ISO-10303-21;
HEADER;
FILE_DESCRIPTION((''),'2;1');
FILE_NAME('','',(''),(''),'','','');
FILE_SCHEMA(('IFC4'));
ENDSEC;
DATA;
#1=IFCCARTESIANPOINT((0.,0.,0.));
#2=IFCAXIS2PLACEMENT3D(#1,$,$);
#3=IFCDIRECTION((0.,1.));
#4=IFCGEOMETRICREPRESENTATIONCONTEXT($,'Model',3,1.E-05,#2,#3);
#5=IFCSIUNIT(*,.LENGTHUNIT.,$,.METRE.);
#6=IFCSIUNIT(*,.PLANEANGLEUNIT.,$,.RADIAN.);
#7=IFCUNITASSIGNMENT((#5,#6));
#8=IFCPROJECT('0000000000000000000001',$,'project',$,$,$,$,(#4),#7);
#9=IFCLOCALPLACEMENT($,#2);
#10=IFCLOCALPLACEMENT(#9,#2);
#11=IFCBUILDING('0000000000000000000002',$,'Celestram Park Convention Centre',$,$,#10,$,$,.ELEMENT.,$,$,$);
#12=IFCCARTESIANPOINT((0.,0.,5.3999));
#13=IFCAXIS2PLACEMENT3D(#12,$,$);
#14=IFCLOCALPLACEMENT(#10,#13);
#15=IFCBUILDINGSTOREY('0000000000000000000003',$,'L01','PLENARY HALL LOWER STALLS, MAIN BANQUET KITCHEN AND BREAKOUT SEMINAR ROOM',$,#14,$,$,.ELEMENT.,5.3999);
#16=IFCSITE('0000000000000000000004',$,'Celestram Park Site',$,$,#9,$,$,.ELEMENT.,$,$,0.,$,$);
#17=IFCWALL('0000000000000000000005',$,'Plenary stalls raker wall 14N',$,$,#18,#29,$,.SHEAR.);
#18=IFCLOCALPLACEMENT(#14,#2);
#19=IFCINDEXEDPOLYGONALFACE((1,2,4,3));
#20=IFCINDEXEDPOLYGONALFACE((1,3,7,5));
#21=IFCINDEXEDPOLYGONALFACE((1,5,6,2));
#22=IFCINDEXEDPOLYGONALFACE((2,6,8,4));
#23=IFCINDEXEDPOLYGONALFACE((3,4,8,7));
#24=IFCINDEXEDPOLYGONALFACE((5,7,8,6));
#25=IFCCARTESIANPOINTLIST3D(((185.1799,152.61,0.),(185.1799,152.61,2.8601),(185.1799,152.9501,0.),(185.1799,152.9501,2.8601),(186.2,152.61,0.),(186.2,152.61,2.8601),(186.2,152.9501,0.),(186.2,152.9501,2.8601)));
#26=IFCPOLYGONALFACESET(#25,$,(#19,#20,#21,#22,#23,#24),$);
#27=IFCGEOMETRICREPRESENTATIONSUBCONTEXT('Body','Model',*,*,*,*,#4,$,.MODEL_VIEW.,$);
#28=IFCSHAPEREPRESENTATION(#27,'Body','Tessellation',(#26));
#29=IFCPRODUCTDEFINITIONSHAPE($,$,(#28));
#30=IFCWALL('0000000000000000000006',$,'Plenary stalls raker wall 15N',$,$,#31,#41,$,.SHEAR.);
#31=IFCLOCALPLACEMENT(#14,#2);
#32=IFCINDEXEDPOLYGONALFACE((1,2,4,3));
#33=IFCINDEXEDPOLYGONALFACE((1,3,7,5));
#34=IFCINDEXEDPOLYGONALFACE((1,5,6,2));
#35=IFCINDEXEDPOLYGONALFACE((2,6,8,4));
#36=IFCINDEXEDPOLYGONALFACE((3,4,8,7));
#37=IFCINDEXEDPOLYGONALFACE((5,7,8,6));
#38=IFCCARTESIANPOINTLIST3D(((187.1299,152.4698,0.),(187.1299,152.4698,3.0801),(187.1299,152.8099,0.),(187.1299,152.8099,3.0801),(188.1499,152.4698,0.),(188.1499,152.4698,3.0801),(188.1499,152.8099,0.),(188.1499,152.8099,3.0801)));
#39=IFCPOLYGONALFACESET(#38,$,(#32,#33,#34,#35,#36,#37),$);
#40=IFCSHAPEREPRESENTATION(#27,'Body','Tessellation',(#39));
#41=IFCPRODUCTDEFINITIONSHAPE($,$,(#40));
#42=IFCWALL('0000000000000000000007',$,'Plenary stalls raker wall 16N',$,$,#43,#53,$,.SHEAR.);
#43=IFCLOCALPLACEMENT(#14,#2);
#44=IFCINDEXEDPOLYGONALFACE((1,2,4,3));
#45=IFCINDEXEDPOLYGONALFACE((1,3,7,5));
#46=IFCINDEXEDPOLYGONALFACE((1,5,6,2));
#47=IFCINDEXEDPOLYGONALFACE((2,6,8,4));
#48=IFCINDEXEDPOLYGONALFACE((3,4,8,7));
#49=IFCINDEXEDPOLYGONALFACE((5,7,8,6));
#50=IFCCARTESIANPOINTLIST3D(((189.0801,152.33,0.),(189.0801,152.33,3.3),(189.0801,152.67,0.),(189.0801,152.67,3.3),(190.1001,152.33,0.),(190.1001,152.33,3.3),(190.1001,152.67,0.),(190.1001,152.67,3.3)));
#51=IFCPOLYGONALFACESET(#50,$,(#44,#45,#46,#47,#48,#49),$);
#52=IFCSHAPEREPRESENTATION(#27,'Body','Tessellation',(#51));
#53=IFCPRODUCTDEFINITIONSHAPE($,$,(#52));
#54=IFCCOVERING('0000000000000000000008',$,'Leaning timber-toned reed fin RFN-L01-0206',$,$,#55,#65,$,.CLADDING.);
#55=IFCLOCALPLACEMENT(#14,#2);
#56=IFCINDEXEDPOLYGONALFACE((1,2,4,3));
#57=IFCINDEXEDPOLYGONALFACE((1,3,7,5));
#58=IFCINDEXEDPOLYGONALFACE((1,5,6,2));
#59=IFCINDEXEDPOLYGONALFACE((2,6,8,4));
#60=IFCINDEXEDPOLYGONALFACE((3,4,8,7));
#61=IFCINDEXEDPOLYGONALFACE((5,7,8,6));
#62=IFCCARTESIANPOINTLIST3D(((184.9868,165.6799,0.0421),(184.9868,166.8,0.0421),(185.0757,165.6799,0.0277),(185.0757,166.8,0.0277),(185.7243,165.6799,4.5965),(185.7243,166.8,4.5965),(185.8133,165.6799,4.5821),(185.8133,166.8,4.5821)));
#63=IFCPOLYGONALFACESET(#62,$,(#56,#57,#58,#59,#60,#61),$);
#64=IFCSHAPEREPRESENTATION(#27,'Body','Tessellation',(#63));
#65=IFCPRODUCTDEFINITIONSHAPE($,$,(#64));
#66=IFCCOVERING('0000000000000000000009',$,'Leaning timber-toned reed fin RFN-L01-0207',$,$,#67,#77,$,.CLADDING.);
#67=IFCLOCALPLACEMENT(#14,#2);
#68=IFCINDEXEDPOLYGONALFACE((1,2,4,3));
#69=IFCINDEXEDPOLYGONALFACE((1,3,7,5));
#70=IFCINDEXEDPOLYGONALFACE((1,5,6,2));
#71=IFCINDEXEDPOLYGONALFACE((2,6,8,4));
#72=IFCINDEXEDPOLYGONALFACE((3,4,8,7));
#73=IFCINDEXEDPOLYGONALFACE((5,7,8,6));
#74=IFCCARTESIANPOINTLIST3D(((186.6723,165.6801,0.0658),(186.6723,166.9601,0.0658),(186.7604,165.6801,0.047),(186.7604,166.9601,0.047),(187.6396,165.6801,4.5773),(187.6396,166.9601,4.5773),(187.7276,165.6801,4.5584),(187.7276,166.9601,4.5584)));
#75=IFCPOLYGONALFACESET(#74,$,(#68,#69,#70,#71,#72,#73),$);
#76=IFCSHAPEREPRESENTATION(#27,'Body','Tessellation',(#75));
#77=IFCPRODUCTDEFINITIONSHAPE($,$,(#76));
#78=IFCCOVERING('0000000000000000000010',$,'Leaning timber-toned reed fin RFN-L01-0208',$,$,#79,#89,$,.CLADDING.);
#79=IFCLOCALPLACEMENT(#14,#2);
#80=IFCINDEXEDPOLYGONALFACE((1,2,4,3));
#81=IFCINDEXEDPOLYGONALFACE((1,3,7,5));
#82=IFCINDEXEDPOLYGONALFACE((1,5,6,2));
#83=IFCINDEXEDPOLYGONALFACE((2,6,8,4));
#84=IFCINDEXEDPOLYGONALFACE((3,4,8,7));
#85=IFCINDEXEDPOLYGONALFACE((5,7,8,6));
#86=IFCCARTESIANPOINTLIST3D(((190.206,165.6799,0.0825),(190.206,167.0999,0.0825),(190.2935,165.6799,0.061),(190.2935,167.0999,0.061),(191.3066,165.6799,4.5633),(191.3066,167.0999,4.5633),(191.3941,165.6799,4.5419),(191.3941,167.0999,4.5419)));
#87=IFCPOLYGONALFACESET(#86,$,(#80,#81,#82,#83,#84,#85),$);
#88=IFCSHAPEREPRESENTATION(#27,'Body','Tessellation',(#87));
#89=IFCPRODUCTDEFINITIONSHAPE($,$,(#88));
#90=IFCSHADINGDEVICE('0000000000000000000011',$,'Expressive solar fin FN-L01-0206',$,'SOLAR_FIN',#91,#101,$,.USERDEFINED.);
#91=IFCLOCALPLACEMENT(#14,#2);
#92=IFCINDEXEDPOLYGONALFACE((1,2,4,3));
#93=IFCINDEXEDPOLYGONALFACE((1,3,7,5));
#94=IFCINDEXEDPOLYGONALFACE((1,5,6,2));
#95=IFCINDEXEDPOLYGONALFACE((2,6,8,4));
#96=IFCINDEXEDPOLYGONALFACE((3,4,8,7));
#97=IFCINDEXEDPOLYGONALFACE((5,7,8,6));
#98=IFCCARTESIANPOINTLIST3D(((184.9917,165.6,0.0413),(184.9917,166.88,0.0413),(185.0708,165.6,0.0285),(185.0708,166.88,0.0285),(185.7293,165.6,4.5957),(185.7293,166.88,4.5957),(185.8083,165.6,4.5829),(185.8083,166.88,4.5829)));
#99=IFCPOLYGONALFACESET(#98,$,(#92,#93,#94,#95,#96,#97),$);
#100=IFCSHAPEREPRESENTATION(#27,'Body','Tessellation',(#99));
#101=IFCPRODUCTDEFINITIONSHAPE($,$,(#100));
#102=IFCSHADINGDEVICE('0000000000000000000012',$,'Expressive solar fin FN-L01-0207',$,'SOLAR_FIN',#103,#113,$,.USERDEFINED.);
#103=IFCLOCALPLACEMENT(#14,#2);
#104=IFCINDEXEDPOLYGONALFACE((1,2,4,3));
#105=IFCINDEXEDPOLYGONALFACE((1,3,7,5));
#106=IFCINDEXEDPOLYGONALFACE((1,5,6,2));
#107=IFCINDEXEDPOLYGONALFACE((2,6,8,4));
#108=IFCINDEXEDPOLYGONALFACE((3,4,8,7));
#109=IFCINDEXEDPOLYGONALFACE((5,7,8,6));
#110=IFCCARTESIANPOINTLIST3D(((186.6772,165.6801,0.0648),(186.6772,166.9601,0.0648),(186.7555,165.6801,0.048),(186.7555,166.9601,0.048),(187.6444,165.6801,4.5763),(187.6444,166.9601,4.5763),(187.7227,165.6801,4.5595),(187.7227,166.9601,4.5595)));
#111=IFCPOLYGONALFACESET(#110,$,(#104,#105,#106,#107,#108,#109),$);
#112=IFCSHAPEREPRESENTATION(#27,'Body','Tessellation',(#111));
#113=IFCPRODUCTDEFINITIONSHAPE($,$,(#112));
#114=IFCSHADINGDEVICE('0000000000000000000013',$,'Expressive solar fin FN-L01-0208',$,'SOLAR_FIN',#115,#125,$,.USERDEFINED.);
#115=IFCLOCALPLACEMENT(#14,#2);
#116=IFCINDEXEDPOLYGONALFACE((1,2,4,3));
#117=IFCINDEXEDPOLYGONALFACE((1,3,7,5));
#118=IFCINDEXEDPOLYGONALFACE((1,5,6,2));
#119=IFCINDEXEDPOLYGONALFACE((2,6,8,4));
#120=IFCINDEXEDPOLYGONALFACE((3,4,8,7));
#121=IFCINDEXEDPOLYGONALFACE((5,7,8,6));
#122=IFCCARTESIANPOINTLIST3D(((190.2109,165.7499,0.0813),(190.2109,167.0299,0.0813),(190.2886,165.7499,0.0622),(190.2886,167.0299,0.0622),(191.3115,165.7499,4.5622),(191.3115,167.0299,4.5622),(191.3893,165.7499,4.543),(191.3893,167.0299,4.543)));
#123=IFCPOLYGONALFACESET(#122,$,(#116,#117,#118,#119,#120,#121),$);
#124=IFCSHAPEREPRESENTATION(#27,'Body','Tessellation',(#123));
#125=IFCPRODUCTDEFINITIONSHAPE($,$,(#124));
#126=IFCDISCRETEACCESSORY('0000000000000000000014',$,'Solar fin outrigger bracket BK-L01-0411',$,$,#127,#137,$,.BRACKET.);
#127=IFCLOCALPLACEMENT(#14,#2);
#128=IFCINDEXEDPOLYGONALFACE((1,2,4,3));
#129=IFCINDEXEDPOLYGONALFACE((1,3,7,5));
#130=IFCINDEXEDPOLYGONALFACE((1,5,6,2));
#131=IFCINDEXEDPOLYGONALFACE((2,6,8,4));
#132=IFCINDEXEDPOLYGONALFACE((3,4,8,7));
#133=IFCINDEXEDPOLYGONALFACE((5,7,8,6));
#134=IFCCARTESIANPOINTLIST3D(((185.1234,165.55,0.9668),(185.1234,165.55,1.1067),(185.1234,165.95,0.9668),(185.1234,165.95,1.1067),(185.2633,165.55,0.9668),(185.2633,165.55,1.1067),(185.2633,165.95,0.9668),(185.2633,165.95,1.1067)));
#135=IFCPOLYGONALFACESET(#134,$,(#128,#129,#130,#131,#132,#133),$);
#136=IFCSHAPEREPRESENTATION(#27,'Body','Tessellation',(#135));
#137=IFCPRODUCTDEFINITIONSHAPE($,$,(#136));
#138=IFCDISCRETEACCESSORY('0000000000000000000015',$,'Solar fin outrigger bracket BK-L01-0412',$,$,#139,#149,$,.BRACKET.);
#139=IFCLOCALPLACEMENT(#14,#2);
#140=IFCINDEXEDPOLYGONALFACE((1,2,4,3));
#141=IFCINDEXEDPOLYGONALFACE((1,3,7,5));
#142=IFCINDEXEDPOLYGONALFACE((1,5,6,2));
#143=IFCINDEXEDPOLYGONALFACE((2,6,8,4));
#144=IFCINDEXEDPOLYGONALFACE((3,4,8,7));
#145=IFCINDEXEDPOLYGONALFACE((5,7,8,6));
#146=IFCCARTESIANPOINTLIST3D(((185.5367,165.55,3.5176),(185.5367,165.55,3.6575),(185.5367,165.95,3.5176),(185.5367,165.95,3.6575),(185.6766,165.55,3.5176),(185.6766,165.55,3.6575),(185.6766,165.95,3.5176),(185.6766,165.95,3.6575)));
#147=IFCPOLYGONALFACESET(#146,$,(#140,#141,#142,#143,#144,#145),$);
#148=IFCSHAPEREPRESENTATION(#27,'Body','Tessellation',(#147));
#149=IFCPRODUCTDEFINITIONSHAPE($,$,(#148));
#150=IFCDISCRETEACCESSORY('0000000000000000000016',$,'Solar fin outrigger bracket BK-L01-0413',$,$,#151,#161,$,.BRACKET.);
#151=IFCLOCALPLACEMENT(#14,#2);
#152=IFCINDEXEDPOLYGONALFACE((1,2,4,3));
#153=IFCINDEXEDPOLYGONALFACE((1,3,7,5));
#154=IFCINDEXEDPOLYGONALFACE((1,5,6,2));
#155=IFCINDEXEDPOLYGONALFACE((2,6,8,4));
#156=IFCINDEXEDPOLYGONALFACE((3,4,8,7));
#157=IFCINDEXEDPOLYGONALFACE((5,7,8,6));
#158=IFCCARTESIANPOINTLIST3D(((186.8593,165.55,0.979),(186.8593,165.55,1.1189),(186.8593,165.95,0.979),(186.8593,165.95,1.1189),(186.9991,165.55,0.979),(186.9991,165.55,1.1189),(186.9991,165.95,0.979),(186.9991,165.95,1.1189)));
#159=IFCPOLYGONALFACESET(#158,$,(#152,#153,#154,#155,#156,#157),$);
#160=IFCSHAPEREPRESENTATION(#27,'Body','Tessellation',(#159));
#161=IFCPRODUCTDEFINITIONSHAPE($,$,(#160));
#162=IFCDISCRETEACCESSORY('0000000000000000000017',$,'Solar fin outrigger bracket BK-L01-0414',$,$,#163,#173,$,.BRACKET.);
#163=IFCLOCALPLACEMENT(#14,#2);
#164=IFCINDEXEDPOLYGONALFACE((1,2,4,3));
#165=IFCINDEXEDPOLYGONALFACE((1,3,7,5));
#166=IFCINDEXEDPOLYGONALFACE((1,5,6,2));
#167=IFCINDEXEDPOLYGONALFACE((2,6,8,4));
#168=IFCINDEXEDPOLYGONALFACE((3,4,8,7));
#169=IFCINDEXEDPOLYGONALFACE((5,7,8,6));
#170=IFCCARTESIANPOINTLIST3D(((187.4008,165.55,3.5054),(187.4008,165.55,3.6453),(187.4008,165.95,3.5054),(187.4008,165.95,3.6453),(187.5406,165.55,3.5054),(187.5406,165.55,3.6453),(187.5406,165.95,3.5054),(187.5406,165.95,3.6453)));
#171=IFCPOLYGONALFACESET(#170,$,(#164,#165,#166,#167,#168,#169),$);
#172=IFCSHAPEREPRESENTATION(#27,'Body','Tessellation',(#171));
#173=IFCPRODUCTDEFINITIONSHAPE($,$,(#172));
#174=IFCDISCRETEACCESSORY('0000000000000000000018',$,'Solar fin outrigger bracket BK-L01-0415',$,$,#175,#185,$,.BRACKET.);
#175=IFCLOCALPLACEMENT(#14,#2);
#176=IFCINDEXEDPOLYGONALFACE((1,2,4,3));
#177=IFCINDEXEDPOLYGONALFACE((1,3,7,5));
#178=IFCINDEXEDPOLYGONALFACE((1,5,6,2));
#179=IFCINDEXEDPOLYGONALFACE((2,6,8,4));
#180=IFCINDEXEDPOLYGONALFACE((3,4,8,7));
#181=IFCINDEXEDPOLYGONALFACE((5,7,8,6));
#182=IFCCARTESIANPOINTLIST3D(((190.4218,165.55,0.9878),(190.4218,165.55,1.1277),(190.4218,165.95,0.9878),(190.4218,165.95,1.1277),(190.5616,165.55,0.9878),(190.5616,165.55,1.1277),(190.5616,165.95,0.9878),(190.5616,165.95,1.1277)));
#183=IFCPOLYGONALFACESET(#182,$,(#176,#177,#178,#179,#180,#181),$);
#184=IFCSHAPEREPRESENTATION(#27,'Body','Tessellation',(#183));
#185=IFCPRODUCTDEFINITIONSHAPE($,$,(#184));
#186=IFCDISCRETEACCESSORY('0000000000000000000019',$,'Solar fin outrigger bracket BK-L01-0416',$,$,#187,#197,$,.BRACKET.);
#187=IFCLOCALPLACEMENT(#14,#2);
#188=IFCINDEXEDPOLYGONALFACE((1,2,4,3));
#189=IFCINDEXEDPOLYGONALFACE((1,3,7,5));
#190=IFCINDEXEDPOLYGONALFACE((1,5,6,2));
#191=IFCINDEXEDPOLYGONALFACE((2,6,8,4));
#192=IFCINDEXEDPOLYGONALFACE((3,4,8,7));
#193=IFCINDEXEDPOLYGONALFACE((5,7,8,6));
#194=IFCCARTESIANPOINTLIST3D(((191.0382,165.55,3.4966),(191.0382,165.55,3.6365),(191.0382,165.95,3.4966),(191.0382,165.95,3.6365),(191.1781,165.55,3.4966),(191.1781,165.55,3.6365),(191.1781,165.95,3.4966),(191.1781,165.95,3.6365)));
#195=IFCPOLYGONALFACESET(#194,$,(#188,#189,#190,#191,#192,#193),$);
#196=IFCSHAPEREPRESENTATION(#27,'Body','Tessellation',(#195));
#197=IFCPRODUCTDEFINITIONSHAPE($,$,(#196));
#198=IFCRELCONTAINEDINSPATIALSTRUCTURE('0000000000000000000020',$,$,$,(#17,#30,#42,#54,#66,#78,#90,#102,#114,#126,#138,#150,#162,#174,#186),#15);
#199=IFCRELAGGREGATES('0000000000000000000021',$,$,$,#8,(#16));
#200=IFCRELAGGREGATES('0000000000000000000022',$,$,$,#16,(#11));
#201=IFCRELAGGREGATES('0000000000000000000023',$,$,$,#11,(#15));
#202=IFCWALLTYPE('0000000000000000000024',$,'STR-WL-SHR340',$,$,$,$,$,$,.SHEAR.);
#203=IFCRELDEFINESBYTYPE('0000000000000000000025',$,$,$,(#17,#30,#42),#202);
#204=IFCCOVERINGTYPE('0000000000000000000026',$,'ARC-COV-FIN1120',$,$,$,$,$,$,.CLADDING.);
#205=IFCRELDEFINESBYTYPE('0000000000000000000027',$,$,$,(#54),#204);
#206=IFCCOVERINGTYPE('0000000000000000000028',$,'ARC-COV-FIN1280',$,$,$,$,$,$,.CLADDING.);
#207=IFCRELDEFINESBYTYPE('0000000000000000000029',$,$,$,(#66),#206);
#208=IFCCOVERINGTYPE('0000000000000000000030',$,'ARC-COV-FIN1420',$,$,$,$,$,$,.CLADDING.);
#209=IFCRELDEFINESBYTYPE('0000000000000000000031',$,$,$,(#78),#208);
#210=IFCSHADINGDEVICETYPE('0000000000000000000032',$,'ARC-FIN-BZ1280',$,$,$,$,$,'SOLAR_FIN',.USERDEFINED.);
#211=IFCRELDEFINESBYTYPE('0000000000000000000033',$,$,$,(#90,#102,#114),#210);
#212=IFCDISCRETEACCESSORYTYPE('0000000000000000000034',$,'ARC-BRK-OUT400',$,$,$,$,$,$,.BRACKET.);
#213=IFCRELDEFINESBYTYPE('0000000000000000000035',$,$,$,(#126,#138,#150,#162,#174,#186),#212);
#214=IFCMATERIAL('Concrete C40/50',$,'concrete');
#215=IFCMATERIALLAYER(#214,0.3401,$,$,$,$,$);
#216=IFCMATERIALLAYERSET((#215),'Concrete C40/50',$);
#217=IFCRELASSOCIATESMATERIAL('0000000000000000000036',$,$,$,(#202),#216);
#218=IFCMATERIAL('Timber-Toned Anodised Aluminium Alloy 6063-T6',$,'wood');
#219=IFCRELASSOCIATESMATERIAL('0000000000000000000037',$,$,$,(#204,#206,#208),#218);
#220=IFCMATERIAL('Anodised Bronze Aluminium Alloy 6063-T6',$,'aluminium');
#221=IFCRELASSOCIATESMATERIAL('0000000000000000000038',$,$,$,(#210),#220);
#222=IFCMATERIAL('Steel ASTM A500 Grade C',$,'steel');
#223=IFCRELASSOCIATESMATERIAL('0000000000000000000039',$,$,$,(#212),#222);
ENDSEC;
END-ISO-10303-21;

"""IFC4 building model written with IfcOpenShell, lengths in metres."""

from ifc_helpers import new_model, si_unit, direction, frame, frame_2d, origin, origin_2d, place, context, subcontext, project, spatial, rectangle, extrude, material, layer, layer_set, material_profile, profile_set, type_object, element, save


model = new_model("IFC4")

# Units and contexts
model_context = context("Model", 3, precision=1e-05, world=origin(), true_north=direction((0.0, 1.0)))
body_context = subcontext(model_context, "Body", "Model", "MODEL_VIEW")
ifc_project = project(units=[si_unit("LENGTHUNIT", "METRE"), si_unit("PLANEANGLEUNIT", "RADIAN")], contexts=[model_context])

# Site, building, storey
site_placement = place(None, origin())
site = spatial("IfcSite", under=ifc_project, at=site_placement, Name="Celestram Park Site", CompositionType="ELEMENT", RefElevation=0.0)
building_placement = place(site_placement, origin())
building = spatial("IfcBuilding", under=site, at=building_placement, Name="Celestram Park Convention Centre", CompositionType="ELEMENT")
storey_placement = place(building_placement, frame((0.0, 0.0, 5.3999)))
storey = spatial("IfcBuildingStorey", under=building, at=storey_placement, Name="L01", Description="PLENARY HALL LOWER STALLS, MAIN BANQUET KITCHEN AND BREAKOUT SEMINAR ROOM", CompositionType="ELEMENT", Elevation=5.3999)

# Shared definitions
ifc_material_1 = material(Name="Steel ASTM A500 Grade C", Category="steel")

# Walls
ifc_material_2 = material(Name="Concrete C40/50", Category="concrete")
ifc_layer_1 = layer(ifc_material_2, 0.3401)
ifc_layer_set_1 = layer_set([ifc_layer_1], Name="Concrete C40/50")
wall_type_1 = type_object("IfcWallType", Name="STR-WL-SHR340", PredefinedType="SHEAR", material=ifc_layer_set_1)
wall_1_placement = place(storey_placement, frame((185.1799, 152.78, 0.0), z_axis=(0.0, 0.0, 1.0), x_axis=(1.0, 0.0, 0.0)))
element("IfcWall", 1, at=wall_1_placement, inside=storey, type_object=wall_type_1, Name="Plenary stalls raker wall 14N", PredefinedType="SHEAR", context=body_context, shape_type="SweptSolid", body=[
    extrude(rectangle(XDim=1.02, YDim=0.3401, at=frame_2d((0.51, 0.0))), origin(), (0.0, 0.0, 1.0), 2.8601),
])
wall_2_placement = place(storey_placement, frame((187.1299, 152.6399, 0.0), z_axis=(0.0, 0.0, 1.0), x_axis=(1.0, 0.0, 0.0)))
element("IfcWall", 2, at=wall_2_placement, inside=storey, type_object=wall_type_1, Name="Plenary stalls raker wall 15N", PredefinedType="SHEAR", context=body_context, shape_type="SweptSolid", body=[
    extrude(rectangle(XDim=1.02, YDim=0.3401, at=frame_2d((0.51, 0.0))), origin(), (0.0, 0.0, 1.0), 3.0801),
])
wall_3_placement = place(storey_placement, frame((189.0801, 152.5, 0.0), z_axis=(0.0, 0.0, 1.0), x_axis=(1.0, 0.0, 0.0)))
element("IfcWall", 3, at=wall_3_placement, inside=storey, type_object=wall_type_1, Name="Plenary stalls raker wall 16N", PredefinedType="SHEAR", context=body_context, shape_type="SweptSolid", body=[
    extrude(rectangle(XDim=1.02, YDim=0.3401, at=frame_2d((0.51, 0.0))), origin(), (0.0, 0.0, 1.0), 3.3),
])

# Coverings
ifc_material_3 = material(Name="Timber-Toned Anodised Aluminium Alloy 6063-T6", Category="wood")
ifc_material_profile_1 = material_profile(ifc_material_3, rectangle(XDim=1.1201, YDim=0.0901, at=origin_2d()), Name="REED1120X90")
ifc_profile_set_1 = profile_set([ifc_material_profile_1], Name="Timber-Toned Anodised Aluminium Alloy 6063-T6")
covering_type_1 = type_object("IfcCoveringType", Name="ARC-COV-FIN1120", PredefinedType="CLADDING", material=ifc_profile_set_1)
covering_1_placement = place(storey_placement, frame((185.0312, 166.24, 0.0349), z_axis=(0.159858, 0.0, 0.98714), x_axis=(0.0, 1.0, 0.0)))
element("IfcCovering", 4, at=covering_1_placement, inside=storey, type_object=covering_type_1, Name="Leaning timber-toned reed fin RFN-L01-0206", PredefinedType="CLADDING", context=body_context, shape_type="SweptSolid", body=[
    extrude(rectangle(XDim=1.1201, YDim=0.0901, at=origin_2d()), origin(), (0.0, 0.0, 1.0), 4.6138),
])
ifc_material_profile_2 = material_profile(ifc_material_3, rectangle(XDim=1.28, YDim=0.0901, at=origin_2d()), Name="REED1280X90")
ifc_profile_set_2 = profile_set([ifc_material_profile_2], Name="Timber-Toned Anodised Aluminium Alloy 6063-T6")
covering_type_2 = type_object("IfcCoveringType", Name="ARC-COV-FIN1280", PredefinedType="CLADDING", material=ifc_profile_set_2)
covering_2_placement = place(storey_placement, frame((186.7163, 166.3201, 0.0564), z_axis=(0.209641, 0.0, 0.977778), x_axis=(0.0, 1.0, 0.0)))
element("IfcCovering", 5, at=covering_2_placement, inside=storey, type_object=covering_type_2, Name="Leaning timber-toned reed fin RFN-L01-0207", PredefinedType="CLADDING", context=body_context, shape_type="SweptSolid", body=[
    extrude(rectangle(XDim=1.28, YDim=0.0901, at=origin_2d()), origin(), (0.0, 0.0, 1.0), 4.614),
])
ifc_material_profile_3 = material_profile(ifc_material_3, rectangle(XDim=1.4199, YDim=0.0901, at=origin_2d()), Name="REED1420X90")
ifc_profile_set_3 = profile_set([ifc_material_profile_3], Name="Timber-Toned Anodised Aluminium Alloy 6063-T6")
covering_type_3 = type_object("IfcCoveringType", Name="ARC-COV-FIN1420", PredefinedType="CLADDING", material=ifc_profile_set_3)
covering_3_placement = place(storey_placement, frame((190.2498, 166.3899, 0.0718), z_axis=(0.238537, 0.0, 0.971133), x_axis=(0.0, 1.0, 0.0)))
element("IfcCovering", 6, at=covering_3_placement, inside=storey, type_object=covering_type_3, Name="Leaning timber-toned reed fin RFN-L01-0208", PredefinedType="CLADDING", context=body_context, shape_type="SweptSolid", body=[
    extrude(rectangle(XDim=1.4199, YDim=0.0901, at=origin_2d()), origin(), (0.0, 0.0, 1.0), 4.614),
])

# Shading devices
ifc_material_4 = material(Name="Anodised Bronze Aluminium Alloy 6063-T6", Category="aluminium")
ifc_material_profile_4 = material_profile(ifc_material_4, rectangle(XDim=1.28, YDim=0.0801, at=origin_2d()), Name="FIN1280X80")
ifc_profile_set_4 = profile_set([ifc_material_profile_4], Name="Anodised Bronze Aluminium Alloy 6063-T6")
shading_device_type = type_object("IfcShadingDeviceType", Name="ARC-FIN-BZ1280", ElementType="SOLAR_FIN", PredefinedType="USERDEFINED", material=ifc_profile_set_4)
shading_device_placement = place(storey_placement, frame((185.0312, 166.24, 0.0349), z_axis=(0.159858, 0.0, 0.98714), x_axis=(0.0, 1.0, 0.0)))
element("IfcShadingDevice", 7, at=shading_device_placement, inside=storey, type_object=shading_device_type, Name="Expressive solar fin FN-L01-0206", ObjectType="SOLAR_FIN", PredefinedType="USERDEFINED", context=body_context, shape_type="SweptSolid", body=[
    extrude(rectangle(XDim=1.28, YDim=0.0801, at=origin_2d()), origin(), (0.0, 0.0, 1.0), 4.6138),
])
for number, where, z_axis, x_axis, name in (
    (8, (186.7163, 166.3201, 0.0564), (0.209641, 0.0, 0.977778), (0.0, 1.0, 0.0), "Expressive solar fin FN-L01-0207"),
    (9, (190.2498, 166.3899, 0.0718), (0.238537, 0.0, 0.971133), (0.0, 1.0, 0.0), "Expressive solar fin FN-L01-0208"),
):
    element("IfcShadingDevice", number, at=place(storey_placement, frame(where, z_axis=z_axis, x_axis=x_axis)), inside=storey, type_object=shading_device_type, Name=name, ObjectType="SOLAR_FIN", PredefinedType="USERDEFINED", context=body_context, shape_type="SweptSolid", body=[
        extrude(rectangle(XDim=1.28, YDim=0.0801, at=origin_2d()), origin(), (0.0, 0.0, 1.0), 4.614),
    ])

# Discrete accessories
discrete_accessory_type = type_object("IfcDiscreteAccessoryType", Name="ARC-BRK-OUT400", PredefinedType="BRACKET", material=ifc_material_1)
for number, where, z_axis, x_axis, name in (
    (10, (185.1934, 165.75, 0.9668), (0.0, 0.0, 1.0), (0.0, 1.0, 0.0), "Solar fin outrigger bracket BK-L01-0411"),
    (11, (185.6067, 165.75, 3.5176), (0.0, 0.0, 1.0), (0.0, 1.0, 0.0), "Solar fin outrigger bracket BK-L01-0412"),
    (12, (186.9292, 165.75, 0.979), (0.0, 0.0, 1.0), (0.0, 1.0, 0.0), "Solar fin outrigger bracket BK-L01-0413"),
    (13, (187.4707, 165.75, 3.5054), (0.0, 0.0, 1.0), (0.0, 1.0, 0.0), "Solar fin outrigger bracket BK-L01-0414"),
    (14, (190.4917, 165.75, 0.9878), (0.0, 0.0, 1.0), (0.0, 1.0, 0.0), "Solar fin outrigger bracket BK-L01-0415"),
    (15, (191.1082, 165.75, 3.4966), (0.0, 0.0, 1.0), (0.0, 1.0, 0.0), "Solar fin outrigger bracket BK-L01-0416"),
):
    element("IfcDiscreteAccessory", number, at=place(storey_placement, frame(where, z_axis=z_axis, x_axis=x_axis)), inside=storey, type_object=discrete_accessory_type, Name=name, PredefinedType="BRACKET", context=body_context, shape_type="SweptSolid", body=[
        extrude(rectangle(XDim=0.3999, YDim=0.1399, at=origin_2d()), origin(), (0.0, 0.0, 1.0), 0.1399),
    ])

save(model, "model.ifc")
